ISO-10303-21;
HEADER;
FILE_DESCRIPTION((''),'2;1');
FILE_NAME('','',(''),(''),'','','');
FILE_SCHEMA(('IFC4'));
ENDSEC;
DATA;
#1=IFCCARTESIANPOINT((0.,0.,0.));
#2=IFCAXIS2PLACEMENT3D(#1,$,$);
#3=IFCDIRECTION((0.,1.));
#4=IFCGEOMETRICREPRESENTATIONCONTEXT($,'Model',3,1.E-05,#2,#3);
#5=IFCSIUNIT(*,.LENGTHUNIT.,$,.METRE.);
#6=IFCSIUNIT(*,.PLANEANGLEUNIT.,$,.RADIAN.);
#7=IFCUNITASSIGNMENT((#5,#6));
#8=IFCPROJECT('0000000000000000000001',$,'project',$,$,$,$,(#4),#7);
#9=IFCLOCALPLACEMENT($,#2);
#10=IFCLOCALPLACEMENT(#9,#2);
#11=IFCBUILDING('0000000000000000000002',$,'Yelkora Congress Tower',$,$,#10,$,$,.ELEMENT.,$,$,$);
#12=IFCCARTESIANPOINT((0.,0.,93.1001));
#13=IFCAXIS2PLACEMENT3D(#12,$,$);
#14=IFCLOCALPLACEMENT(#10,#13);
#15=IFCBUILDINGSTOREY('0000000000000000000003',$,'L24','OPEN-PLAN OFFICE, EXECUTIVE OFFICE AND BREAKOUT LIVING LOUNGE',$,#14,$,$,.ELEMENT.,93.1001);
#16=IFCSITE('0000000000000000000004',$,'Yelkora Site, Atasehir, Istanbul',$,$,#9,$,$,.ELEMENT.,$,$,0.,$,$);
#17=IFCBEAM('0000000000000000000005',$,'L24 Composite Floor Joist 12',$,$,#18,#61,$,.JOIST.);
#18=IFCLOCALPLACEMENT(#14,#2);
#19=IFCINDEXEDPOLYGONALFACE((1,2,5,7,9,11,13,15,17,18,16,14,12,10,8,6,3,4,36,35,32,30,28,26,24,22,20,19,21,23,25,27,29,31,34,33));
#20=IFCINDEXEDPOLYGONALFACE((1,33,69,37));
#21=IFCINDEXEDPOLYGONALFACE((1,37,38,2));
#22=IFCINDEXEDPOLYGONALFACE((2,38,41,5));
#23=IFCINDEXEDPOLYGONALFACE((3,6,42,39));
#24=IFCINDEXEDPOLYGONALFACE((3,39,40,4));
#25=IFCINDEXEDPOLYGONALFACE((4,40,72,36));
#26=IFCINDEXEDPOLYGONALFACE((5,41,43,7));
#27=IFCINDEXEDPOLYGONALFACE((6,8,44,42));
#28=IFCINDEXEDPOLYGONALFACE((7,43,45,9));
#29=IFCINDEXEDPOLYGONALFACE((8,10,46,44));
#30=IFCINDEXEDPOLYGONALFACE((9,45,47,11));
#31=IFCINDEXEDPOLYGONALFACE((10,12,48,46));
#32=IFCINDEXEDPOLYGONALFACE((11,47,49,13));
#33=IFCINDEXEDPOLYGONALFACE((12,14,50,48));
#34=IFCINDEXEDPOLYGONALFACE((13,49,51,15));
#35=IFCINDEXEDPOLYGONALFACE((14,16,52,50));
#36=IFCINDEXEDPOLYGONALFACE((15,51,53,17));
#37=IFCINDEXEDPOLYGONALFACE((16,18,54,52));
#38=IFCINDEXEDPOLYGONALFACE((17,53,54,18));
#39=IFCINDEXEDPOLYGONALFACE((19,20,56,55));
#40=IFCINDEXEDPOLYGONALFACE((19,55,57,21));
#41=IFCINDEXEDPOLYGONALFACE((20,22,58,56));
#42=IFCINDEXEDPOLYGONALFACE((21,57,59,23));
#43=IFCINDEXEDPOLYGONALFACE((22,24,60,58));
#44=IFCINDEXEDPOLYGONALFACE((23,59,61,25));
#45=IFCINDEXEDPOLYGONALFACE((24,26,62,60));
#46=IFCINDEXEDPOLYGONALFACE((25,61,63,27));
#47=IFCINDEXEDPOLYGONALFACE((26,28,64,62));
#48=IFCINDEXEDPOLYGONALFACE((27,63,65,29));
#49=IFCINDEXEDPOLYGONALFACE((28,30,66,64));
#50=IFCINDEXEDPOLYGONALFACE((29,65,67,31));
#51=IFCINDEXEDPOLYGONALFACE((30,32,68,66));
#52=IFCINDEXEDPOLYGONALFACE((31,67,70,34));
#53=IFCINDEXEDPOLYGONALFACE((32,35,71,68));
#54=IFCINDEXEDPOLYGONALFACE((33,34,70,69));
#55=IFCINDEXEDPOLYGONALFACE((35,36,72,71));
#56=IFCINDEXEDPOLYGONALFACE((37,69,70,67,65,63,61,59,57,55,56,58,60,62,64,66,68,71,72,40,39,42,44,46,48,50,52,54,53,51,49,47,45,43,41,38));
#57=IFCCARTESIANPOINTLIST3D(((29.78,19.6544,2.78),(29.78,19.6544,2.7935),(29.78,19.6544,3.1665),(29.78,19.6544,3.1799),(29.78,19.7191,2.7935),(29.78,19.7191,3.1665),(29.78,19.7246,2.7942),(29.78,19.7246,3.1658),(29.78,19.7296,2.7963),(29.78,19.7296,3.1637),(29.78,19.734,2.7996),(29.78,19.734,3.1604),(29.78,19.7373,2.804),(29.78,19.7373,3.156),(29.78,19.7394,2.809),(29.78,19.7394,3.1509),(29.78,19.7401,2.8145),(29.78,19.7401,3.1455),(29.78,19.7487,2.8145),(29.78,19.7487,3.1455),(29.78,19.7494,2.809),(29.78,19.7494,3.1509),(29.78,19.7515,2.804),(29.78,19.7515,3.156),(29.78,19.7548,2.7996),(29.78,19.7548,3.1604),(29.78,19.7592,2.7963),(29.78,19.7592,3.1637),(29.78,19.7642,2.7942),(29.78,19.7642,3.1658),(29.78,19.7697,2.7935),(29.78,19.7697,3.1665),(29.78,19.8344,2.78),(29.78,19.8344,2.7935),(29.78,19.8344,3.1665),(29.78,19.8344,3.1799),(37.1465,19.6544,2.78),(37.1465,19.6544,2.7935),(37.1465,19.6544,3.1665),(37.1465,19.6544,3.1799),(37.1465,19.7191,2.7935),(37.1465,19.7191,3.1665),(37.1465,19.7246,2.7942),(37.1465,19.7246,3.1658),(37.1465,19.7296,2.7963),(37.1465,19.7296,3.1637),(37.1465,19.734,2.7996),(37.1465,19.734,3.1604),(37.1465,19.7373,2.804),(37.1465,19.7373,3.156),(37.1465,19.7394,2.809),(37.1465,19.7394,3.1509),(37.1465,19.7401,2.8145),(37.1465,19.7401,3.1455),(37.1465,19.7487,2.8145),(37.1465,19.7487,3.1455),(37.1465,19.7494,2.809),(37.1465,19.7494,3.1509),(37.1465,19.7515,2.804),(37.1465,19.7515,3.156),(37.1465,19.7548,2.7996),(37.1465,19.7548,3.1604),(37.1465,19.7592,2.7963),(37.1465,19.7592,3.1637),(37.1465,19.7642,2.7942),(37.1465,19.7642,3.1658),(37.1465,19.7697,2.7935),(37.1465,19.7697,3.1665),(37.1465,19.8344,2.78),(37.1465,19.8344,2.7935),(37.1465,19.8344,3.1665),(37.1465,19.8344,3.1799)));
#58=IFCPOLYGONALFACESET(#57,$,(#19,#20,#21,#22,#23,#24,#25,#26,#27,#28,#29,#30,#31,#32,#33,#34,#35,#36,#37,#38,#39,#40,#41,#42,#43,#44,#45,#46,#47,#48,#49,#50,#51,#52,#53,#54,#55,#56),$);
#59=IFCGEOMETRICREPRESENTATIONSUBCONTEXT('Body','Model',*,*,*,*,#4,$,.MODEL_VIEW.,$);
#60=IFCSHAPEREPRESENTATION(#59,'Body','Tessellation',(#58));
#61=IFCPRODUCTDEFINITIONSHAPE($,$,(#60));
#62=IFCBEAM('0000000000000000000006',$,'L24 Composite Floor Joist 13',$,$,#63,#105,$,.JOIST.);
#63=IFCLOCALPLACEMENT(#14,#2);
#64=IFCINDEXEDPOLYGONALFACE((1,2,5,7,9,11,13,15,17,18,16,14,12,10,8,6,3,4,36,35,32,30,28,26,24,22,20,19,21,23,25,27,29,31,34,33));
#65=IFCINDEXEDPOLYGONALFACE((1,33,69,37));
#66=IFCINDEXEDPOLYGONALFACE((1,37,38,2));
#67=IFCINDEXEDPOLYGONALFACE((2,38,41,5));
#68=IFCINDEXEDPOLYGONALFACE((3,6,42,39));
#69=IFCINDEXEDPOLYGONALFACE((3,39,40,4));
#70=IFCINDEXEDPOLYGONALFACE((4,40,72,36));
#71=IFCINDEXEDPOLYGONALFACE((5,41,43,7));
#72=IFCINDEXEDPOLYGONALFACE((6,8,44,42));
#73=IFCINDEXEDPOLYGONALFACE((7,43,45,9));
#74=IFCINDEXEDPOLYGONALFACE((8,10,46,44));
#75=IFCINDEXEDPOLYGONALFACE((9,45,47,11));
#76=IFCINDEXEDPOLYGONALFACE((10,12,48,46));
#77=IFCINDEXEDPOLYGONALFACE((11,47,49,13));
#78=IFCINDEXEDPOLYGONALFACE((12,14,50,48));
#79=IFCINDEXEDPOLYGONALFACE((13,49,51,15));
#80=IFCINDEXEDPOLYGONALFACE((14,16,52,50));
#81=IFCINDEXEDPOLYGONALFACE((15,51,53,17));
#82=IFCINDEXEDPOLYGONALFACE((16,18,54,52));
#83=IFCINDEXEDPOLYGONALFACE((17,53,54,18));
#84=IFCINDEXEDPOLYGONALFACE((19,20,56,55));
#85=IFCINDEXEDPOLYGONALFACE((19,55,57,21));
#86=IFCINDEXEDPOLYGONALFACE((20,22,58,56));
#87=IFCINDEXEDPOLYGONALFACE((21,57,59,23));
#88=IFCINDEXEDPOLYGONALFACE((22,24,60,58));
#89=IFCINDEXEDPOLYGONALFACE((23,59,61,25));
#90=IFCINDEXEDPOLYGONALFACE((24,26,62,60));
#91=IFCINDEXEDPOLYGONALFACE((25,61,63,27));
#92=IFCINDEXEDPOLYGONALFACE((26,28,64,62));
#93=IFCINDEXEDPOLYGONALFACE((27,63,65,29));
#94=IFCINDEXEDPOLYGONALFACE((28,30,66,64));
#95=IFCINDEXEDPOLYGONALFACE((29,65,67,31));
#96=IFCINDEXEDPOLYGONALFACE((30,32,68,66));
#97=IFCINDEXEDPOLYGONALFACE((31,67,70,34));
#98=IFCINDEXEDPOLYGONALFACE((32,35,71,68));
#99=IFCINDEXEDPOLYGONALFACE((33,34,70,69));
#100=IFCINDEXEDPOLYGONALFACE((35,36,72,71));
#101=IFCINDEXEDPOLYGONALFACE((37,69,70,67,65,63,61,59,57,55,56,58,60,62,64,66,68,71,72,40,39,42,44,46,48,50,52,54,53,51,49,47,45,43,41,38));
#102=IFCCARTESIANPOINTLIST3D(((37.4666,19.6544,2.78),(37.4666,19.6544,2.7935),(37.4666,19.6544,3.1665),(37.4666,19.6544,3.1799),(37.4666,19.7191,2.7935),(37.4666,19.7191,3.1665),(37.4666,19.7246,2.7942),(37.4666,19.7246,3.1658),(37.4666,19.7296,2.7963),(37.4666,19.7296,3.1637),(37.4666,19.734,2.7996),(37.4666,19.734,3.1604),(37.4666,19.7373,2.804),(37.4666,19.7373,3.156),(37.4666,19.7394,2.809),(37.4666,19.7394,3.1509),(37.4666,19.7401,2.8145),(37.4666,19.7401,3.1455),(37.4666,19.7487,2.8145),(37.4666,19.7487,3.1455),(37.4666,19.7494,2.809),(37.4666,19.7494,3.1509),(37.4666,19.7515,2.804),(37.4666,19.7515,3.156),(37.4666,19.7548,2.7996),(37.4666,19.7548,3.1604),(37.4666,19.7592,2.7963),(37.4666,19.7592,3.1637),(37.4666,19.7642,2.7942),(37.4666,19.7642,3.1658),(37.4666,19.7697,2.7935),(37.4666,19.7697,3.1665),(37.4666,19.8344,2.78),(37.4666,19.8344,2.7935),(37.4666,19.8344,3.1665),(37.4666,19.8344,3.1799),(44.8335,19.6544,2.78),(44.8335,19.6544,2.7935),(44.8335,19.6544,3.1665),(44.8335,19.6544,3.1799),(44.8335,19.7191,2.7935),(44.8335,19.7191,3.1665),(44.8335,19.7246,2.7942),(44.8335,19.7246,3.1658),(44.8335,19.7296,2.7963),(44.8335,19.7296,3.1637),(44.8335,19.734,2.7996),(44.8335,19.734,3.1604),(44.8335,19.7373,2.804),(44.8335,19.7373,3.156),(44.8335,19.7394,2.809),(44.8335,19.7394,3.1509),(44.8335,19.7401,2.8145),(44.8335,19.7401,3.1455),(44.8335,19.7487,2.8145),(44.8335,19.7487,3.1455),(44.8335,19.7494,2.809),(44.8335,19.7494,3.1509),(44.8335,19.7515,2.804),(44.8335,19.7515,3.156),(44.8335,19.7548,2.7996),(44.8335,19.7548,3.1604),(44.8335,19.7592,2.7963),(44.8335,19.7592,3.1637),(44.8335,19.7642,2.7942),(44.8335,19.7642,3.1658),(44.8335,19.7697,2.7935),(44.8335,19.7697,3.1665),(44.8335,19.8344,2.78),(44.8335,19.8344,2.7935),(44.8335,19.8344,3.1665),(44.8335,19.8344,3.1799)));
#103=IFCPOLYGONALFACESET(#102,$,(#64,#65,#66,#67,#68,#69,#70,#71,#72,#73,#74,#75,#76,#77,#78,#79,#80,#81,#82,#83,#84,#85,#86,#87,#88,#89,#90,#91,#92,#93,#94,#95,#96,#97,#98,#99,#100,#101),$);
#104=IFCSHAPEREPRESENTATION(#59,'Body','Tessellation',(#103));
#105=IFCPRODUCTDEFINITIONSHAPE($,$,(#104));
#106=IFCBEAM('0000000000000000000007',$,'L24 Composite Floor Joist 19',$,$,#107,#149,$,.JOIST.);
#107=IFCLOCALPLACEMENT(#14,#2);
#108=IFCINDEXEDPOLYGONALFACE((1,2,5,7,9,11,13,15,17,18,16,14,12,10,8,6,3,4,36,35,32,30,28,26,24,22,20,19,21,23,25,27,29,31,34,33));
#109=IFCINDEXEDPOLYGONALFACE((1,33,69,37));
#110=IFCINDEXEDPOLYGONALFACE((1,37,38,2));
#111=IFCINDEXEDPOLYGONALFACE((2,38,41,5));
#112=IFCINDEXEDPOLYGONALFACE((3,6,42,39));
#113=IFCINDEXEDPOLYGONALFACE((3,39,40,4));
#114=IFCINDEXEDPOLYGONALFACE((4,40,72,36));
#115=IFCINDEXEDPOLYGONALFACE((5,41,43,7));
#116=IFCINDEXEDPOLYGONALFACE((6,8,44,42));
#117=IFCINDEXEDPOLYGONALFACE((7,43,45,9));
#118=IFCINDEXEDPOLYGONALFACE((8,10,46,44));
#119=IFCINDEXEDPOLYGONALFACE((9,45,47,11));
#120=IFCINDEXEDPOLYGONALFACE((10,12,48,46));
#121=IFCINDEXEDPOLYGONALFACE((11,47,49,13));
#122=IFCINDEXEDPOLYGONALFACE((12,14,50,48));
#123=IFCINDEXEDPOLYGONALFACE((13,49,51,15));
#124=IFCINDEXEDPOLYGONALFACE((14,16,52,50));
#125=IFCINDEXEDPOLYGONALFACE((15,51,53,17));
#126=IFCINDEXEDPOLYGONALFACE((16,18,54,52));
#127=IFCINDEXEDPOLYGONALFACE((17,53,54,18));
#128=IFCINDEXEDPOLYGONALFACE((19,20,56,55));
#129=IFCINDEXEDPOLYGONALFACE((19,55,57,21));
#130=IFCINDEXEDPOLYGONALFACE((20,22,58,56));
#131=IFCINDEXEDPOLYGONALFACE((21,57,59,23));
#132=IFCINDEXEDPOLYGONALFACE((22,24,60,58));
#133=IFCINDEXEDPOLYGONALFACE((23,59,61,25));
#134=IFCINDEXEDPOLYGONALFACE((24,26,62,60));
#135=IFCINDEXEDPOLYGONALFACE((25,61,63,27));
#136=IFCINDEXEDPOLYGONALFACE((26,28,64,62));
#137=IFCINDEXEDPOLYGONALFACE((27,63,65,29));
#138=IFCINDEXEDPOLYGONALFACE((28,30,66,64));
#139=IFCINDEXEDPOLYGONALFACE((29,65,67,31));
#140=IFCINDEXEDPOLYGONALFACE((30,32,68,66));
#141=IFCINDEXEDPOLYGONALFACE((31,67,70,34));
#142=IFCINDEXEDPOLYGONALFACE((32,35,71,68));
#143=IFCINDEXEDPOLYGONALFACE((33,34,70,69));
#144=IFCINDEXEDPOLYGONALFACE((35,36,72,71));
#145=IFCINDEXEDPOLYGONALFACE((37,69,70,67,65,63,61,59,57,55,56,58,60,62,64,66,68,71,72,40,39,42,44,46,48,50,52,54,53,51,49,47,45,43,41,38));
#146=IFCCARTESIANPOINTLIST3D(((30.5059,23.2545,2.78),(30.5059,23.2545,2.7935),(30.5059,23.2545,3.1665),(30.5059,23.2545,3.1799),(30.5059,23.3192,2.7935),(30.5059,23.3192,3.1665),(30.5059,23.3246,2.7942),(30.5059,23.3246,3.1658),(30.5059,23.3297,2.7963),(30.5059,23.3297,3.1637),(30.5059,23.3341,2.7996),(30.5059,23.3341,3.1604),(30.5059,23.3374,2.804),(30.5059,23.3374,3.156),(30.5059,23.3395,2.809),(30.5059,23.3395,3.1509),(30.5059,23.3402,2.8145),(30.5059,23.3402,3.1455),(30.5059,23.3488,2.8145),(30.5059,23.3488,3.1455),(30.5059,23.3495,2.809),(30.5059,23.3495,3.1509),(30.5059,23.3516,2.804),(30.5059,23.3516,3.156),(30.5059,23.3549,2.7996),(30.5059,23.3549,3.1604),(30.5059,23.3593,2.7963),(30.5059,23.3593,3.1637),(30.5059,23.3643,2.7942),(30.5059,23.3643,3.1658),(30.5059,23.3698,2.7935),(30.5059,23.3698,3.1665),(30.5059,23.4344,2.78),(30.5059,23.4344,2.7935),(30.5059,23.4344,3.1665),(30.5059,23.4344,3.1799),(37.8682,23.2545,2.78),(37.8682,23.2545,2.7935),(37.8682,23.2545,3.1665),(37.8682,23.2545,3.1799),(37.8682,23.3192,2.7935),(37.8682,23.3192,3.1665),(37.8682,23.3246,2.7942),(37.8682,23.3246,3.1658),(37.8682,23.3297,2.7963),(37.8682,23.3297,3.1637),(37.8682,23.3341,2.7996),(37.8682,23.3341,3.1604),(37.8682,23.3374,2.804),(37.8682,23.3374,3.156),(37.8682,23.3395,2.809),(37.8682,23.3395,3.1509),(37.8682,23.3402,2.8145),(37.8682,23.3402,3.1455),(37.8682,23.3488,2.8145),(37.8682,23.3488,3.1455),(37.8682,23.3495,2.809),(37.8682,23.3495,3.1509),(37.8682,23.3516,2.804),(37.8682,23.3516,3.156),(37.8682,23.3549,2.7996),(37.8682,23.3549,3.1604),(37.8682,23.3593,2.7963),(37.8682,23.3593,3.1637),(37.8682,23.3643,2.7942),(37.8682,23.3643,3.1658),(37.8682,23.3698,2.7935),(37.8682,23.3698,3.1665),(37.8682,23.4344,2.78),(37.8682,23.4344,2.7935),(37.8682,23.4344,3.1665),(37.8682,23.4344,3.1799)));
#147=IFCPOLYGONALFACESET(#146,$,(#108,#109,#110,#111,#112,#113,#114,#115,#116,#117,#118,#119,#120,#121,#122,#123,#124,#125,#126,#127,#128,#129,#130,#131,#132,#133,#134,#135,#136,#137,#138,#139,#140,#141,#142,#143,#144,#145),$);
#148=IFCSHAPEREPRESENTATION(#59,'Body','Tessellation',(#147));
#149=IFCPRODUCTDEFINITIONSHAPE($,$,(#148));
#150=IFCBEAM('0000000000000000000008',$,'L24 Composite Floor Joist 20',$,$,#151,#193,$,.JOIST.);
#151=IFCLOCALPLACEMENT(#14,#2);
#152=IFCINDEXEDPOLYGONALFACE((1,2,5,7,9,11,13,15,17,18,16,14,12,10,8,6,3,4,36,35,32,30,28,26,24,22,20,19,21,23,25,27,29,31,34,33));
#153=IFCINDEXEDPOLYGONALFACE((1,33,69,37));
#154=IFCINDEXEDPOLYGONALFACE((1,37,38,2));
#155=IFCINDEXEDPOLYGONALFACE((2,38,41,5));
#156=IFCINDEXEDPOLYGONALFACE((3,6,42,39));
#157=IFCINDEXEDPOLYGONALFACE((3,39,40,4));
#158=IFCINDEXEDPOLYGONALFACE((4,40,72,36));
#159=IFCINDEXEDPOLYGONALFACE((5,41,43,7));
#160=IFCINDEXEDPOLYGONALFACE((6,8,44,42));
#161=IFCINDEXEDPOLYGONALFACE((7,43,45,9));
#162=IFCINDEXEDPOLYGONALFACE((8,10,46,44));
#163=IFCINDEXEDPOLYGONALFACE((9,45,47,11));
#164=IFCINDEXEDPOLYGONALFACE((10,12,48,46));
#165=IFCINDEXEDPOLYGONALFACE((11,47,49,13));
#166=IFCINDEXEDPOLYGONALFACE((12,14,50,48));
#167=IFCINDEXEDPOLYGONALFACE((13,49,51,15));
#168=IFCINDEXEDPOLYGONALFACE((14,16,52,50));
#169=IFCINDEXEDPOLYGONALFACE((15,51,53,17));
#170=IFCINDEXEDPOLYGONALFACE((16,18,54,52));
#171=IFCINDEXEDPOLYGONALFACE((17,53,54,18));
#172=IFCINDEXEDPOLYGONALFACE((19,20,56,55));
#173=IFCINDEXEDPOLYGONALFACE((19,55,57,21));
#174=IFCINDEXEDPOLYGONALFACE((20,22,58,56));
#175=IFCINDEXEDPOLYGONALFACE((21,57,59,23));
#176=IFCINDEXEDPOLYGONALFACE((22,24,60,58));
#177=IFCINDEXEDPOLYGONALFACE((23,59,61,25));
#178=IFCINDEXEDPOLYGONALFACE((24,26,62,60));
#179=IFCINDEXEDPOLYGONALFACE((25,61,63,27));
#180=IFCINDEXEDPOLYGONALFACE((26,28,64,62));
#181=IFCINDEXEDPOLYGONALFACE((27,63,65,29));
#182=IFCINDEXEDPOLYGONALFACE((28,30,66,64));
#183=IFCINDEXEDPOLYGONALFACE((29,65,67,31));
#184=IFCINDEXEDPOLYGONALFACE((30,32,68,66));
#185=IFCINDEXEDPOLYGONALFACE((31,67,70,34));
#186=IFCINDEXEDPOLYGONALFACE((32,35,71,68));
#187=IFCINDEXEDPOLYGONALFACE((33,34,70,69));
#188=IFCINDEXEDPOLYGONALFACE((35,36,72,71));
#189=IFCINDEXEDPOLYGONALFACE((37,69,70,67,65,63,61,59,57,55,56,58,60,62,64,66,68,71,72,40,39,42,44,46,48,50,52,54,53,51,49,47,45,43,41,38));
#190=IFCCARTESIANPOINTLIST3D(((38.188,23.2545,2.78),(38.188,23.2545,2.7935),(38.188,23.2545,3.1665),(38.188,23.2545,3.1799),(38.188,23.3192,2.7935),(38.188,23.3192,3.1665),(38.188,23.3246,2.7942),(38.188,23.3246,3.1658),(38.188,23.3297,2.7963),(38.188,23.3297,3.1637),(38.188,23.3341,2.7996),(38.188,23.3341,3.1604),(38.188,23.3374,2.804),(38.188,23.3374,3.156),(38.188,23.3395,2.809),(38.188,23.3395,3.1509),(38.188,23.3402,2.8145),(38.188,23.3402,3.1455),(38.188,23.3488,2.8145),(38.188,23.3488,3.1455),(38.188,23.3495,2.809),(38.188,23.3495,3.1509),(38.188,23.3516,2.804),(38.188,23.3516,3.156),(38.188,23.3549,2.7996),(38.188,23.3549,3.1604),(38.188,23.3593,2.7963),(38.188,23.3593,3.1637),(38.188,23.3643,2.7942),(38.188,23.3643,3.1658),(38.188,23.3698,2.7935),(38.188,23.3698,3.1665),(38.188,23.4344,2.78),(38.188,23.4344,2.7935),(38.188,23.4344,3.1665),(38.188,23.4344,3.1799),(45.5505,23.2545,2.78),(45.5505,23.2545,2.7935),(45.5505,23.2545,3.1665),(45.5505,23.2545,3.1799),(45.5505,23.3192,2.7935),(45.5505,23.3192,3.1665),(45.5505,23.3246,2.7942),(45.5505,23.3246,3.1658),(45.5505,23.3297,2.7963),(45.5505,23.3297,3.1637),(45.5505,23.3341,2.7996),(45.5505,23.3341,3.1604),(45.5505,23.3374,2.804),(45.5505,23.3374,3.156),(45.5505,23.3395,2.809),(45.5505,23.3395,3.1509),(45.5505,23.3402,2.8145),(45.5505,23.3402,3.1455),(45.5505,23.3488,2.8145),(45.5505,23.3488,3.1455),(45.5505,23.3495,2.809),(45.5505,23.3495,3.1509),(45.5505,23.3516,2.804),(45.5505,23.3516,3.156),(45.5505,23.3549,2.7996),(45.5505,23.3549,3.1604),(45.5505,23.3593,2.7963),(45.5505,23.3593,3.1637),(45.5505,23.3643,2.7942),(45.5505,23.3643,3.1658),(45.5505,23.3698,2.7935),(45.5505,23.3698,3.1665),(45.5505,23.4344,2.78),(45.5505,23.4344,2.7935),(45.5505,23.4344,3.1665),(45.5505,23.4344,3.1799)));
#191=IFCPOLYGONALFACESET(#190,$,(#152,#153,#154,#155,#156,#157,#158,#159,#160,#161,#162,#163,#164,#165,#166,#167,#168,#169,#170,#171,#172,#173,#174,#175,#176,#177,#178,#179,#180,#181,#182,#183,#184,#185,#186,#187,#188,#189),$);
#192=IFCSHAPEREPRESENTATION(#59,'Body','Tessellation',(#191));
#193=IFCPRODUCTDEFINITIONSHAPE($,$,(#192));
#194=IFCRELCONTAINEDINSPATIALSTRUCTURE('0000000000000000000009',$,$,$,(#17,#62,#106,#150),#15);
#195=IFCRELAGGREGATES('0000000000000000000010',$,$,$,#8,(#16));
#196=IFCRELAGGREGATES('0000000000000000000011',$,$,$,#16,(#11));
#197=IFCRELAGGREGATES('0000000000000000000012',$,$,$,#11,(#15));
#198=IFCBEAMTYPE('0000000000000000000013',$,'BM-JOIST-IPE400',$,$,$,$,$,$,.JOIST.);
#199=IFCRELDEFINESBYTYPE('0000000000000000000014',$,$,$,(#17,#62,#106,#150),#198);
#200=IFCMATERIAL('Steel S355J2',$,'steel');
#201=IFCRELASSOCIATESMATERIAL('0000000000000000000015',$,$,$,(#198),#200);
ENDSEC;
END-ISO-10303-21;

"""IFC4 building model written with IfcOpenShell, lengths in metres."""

from ifc_helpers import new_model, si_unit, direction, frame, origin, origin_2d, place, context, subcontext, project, spatial, i_section, extrude, material, material_profile, profile_set, type_object, element, save


model = new_model("IFC4")

# Units and contexts
model_context = context("Model", 3, precision=1e-05, world=origin(), true_north=direction((0.0, 1.0)))
body_context = subcontext(model_context, "Body", "Model", "MODEL_VIEW")
ifc_project = project(units=[si_unit("LENGTHUNIT", "METRE"), si_unit("PLANEANGLEUNIT", "RADIAN")], contexts=[model_context])

# Site, building, storey
site_placement = place(None, origin())
site = spatial("IfcSite", under=ifc_project, at=site_placement, Name="Yelkora Site, Atasehir, Istanbul", CompositionType="ELEMENT", RefElevation=0.0)
building_placement = place(site_placement, origin())
building = spatial("IfcBuilding", under=site, at=building_placement, Name="Yelkora Congress Tower", CompositionType="ELEMENT")
storey_placement = place(building_placement, frame((0.0, 0.0, 93.1001)))
storey = spatial("IfcBuildingStorey", under=building, at=storey_placement, Name="L24", Description="OPEN-PLAN OFFICE, EXECUTIVE OFFICE AND BREAKOUT LIVING LOUNGE", CompositionType="ELEMENT", Elevation=93.1001)

# Beams
ifc_material_1 = material(Name="Steel S355J2", Category="steel")
ifc_material_profile_1 = material_profile(ifc_material_1, i_section(OverallWidth=0.1799, OverallDepth=0.3999, WebThickness=0.0085, FlangeThickness=0.0134, FilletRadius=0.021, at=origin_2d()), Name="IPE 400")
ifc_profile_set_1 = profile_set([ifc_material_profile_1], Name="Steel S355J2")
beam_type_1 = type_object("IfcBeamType", Name="BM-JOIST-IPE400", PredefinedType="JOIST", material=ifc_profile_set_1)
beam_1_placement = place(storey_placement, frame((29.78, 19.7444, 2.98), z_axis=(1.0, 0.0, 0.0), x_axis=(0.0, 1.0, 0.0)))
element("IfcBeam", 1, at=beam_1_placement, inside=storey, type_object=beam_type_1, Name="L24 Composite Floor Joist 12", PredefinedType="JOIST", context=body_context, shape_type="SweptSolid", body=[
    extrude(i_section(OverallWidth=0.1799, OverallDepth=0.3999, WebThickness=0.0085, FlangeThickness=0.0134, FilletRadius=0.021, at=origin_2d()), origin(), (0.0, 0.0, 1.0), 7.3665),
])
beam_2_placement = place(storey_placement, frame((37.4666, 19.7444, 2.98), z_axis=(1.0, 0.0, 0.0), x_axis=(0.0, 1.0, 0.0)))
element("IfcBeam", 2, at=beam_2_placement, inside=storey, type_object=beam_type_1, Name="L24 Composite Floor Joist 13", PredefinedType="JOIST", context=body_context, shape_type="SweptSolid", body=[
    extrude(i_section(OverallWidth=0.1799, OverallDepth=0.3999, WebThickness=0.0085, FlangeThickness=0.0134, FilletRadius=0.021, at=origin_2d()), origin(), (0.0, 0.0, 1.0), 7.3669),
])
beam_3_placement = place(storey_placement, frame((30.5059, 23.3445, 2.98), z_axis=(1.0, 0.0, 0.0), x_axis=(0.0, 1.0, 0.0)))
element("IfcBeam", 3, at=beam_3_placement, inside=storey, type_object=beam_type_1, Name="L24 Composite Floor Joist 19", PredefinedType="JOIST", context=body_context, shape_type="SweptSolid", body=[
    extrude(i_section(OverallWidth=0.1799, OverallDepth=0.3999, WebThickness=0.0085, FlangeThickness=0.0134, FilletRadius=0.021, at=origin_2d()), origin(), (0.0, 0.0, 1.0), 7.3623),
])
beam_4_placement = place(storey_placement, frame((38.188, 23.3445, 2.98), z_axis=(1.0, 0.0, 0.0), x_axis=(0.0, 1.0, 0.0)))
element("IfcBeam", 4, at=beam_4_placement, inside=storey, type_object=beam_type_1, Name="L24 Composite Floor Joist 20", PredefinedType="JOIST", context=body_context, shape_type="SweptSolid", body=[
    extrude(i_section(OverallWidth=0.1799, OverallDepth=0.3999, WebThickness=0.0085, FlangeThickness=0.0134, FilletRadius=0.021, at=origin_2d()), origin(), (0.0, 0.0, 1.0), 7.3625),
])

save(model, "model.ifc")
